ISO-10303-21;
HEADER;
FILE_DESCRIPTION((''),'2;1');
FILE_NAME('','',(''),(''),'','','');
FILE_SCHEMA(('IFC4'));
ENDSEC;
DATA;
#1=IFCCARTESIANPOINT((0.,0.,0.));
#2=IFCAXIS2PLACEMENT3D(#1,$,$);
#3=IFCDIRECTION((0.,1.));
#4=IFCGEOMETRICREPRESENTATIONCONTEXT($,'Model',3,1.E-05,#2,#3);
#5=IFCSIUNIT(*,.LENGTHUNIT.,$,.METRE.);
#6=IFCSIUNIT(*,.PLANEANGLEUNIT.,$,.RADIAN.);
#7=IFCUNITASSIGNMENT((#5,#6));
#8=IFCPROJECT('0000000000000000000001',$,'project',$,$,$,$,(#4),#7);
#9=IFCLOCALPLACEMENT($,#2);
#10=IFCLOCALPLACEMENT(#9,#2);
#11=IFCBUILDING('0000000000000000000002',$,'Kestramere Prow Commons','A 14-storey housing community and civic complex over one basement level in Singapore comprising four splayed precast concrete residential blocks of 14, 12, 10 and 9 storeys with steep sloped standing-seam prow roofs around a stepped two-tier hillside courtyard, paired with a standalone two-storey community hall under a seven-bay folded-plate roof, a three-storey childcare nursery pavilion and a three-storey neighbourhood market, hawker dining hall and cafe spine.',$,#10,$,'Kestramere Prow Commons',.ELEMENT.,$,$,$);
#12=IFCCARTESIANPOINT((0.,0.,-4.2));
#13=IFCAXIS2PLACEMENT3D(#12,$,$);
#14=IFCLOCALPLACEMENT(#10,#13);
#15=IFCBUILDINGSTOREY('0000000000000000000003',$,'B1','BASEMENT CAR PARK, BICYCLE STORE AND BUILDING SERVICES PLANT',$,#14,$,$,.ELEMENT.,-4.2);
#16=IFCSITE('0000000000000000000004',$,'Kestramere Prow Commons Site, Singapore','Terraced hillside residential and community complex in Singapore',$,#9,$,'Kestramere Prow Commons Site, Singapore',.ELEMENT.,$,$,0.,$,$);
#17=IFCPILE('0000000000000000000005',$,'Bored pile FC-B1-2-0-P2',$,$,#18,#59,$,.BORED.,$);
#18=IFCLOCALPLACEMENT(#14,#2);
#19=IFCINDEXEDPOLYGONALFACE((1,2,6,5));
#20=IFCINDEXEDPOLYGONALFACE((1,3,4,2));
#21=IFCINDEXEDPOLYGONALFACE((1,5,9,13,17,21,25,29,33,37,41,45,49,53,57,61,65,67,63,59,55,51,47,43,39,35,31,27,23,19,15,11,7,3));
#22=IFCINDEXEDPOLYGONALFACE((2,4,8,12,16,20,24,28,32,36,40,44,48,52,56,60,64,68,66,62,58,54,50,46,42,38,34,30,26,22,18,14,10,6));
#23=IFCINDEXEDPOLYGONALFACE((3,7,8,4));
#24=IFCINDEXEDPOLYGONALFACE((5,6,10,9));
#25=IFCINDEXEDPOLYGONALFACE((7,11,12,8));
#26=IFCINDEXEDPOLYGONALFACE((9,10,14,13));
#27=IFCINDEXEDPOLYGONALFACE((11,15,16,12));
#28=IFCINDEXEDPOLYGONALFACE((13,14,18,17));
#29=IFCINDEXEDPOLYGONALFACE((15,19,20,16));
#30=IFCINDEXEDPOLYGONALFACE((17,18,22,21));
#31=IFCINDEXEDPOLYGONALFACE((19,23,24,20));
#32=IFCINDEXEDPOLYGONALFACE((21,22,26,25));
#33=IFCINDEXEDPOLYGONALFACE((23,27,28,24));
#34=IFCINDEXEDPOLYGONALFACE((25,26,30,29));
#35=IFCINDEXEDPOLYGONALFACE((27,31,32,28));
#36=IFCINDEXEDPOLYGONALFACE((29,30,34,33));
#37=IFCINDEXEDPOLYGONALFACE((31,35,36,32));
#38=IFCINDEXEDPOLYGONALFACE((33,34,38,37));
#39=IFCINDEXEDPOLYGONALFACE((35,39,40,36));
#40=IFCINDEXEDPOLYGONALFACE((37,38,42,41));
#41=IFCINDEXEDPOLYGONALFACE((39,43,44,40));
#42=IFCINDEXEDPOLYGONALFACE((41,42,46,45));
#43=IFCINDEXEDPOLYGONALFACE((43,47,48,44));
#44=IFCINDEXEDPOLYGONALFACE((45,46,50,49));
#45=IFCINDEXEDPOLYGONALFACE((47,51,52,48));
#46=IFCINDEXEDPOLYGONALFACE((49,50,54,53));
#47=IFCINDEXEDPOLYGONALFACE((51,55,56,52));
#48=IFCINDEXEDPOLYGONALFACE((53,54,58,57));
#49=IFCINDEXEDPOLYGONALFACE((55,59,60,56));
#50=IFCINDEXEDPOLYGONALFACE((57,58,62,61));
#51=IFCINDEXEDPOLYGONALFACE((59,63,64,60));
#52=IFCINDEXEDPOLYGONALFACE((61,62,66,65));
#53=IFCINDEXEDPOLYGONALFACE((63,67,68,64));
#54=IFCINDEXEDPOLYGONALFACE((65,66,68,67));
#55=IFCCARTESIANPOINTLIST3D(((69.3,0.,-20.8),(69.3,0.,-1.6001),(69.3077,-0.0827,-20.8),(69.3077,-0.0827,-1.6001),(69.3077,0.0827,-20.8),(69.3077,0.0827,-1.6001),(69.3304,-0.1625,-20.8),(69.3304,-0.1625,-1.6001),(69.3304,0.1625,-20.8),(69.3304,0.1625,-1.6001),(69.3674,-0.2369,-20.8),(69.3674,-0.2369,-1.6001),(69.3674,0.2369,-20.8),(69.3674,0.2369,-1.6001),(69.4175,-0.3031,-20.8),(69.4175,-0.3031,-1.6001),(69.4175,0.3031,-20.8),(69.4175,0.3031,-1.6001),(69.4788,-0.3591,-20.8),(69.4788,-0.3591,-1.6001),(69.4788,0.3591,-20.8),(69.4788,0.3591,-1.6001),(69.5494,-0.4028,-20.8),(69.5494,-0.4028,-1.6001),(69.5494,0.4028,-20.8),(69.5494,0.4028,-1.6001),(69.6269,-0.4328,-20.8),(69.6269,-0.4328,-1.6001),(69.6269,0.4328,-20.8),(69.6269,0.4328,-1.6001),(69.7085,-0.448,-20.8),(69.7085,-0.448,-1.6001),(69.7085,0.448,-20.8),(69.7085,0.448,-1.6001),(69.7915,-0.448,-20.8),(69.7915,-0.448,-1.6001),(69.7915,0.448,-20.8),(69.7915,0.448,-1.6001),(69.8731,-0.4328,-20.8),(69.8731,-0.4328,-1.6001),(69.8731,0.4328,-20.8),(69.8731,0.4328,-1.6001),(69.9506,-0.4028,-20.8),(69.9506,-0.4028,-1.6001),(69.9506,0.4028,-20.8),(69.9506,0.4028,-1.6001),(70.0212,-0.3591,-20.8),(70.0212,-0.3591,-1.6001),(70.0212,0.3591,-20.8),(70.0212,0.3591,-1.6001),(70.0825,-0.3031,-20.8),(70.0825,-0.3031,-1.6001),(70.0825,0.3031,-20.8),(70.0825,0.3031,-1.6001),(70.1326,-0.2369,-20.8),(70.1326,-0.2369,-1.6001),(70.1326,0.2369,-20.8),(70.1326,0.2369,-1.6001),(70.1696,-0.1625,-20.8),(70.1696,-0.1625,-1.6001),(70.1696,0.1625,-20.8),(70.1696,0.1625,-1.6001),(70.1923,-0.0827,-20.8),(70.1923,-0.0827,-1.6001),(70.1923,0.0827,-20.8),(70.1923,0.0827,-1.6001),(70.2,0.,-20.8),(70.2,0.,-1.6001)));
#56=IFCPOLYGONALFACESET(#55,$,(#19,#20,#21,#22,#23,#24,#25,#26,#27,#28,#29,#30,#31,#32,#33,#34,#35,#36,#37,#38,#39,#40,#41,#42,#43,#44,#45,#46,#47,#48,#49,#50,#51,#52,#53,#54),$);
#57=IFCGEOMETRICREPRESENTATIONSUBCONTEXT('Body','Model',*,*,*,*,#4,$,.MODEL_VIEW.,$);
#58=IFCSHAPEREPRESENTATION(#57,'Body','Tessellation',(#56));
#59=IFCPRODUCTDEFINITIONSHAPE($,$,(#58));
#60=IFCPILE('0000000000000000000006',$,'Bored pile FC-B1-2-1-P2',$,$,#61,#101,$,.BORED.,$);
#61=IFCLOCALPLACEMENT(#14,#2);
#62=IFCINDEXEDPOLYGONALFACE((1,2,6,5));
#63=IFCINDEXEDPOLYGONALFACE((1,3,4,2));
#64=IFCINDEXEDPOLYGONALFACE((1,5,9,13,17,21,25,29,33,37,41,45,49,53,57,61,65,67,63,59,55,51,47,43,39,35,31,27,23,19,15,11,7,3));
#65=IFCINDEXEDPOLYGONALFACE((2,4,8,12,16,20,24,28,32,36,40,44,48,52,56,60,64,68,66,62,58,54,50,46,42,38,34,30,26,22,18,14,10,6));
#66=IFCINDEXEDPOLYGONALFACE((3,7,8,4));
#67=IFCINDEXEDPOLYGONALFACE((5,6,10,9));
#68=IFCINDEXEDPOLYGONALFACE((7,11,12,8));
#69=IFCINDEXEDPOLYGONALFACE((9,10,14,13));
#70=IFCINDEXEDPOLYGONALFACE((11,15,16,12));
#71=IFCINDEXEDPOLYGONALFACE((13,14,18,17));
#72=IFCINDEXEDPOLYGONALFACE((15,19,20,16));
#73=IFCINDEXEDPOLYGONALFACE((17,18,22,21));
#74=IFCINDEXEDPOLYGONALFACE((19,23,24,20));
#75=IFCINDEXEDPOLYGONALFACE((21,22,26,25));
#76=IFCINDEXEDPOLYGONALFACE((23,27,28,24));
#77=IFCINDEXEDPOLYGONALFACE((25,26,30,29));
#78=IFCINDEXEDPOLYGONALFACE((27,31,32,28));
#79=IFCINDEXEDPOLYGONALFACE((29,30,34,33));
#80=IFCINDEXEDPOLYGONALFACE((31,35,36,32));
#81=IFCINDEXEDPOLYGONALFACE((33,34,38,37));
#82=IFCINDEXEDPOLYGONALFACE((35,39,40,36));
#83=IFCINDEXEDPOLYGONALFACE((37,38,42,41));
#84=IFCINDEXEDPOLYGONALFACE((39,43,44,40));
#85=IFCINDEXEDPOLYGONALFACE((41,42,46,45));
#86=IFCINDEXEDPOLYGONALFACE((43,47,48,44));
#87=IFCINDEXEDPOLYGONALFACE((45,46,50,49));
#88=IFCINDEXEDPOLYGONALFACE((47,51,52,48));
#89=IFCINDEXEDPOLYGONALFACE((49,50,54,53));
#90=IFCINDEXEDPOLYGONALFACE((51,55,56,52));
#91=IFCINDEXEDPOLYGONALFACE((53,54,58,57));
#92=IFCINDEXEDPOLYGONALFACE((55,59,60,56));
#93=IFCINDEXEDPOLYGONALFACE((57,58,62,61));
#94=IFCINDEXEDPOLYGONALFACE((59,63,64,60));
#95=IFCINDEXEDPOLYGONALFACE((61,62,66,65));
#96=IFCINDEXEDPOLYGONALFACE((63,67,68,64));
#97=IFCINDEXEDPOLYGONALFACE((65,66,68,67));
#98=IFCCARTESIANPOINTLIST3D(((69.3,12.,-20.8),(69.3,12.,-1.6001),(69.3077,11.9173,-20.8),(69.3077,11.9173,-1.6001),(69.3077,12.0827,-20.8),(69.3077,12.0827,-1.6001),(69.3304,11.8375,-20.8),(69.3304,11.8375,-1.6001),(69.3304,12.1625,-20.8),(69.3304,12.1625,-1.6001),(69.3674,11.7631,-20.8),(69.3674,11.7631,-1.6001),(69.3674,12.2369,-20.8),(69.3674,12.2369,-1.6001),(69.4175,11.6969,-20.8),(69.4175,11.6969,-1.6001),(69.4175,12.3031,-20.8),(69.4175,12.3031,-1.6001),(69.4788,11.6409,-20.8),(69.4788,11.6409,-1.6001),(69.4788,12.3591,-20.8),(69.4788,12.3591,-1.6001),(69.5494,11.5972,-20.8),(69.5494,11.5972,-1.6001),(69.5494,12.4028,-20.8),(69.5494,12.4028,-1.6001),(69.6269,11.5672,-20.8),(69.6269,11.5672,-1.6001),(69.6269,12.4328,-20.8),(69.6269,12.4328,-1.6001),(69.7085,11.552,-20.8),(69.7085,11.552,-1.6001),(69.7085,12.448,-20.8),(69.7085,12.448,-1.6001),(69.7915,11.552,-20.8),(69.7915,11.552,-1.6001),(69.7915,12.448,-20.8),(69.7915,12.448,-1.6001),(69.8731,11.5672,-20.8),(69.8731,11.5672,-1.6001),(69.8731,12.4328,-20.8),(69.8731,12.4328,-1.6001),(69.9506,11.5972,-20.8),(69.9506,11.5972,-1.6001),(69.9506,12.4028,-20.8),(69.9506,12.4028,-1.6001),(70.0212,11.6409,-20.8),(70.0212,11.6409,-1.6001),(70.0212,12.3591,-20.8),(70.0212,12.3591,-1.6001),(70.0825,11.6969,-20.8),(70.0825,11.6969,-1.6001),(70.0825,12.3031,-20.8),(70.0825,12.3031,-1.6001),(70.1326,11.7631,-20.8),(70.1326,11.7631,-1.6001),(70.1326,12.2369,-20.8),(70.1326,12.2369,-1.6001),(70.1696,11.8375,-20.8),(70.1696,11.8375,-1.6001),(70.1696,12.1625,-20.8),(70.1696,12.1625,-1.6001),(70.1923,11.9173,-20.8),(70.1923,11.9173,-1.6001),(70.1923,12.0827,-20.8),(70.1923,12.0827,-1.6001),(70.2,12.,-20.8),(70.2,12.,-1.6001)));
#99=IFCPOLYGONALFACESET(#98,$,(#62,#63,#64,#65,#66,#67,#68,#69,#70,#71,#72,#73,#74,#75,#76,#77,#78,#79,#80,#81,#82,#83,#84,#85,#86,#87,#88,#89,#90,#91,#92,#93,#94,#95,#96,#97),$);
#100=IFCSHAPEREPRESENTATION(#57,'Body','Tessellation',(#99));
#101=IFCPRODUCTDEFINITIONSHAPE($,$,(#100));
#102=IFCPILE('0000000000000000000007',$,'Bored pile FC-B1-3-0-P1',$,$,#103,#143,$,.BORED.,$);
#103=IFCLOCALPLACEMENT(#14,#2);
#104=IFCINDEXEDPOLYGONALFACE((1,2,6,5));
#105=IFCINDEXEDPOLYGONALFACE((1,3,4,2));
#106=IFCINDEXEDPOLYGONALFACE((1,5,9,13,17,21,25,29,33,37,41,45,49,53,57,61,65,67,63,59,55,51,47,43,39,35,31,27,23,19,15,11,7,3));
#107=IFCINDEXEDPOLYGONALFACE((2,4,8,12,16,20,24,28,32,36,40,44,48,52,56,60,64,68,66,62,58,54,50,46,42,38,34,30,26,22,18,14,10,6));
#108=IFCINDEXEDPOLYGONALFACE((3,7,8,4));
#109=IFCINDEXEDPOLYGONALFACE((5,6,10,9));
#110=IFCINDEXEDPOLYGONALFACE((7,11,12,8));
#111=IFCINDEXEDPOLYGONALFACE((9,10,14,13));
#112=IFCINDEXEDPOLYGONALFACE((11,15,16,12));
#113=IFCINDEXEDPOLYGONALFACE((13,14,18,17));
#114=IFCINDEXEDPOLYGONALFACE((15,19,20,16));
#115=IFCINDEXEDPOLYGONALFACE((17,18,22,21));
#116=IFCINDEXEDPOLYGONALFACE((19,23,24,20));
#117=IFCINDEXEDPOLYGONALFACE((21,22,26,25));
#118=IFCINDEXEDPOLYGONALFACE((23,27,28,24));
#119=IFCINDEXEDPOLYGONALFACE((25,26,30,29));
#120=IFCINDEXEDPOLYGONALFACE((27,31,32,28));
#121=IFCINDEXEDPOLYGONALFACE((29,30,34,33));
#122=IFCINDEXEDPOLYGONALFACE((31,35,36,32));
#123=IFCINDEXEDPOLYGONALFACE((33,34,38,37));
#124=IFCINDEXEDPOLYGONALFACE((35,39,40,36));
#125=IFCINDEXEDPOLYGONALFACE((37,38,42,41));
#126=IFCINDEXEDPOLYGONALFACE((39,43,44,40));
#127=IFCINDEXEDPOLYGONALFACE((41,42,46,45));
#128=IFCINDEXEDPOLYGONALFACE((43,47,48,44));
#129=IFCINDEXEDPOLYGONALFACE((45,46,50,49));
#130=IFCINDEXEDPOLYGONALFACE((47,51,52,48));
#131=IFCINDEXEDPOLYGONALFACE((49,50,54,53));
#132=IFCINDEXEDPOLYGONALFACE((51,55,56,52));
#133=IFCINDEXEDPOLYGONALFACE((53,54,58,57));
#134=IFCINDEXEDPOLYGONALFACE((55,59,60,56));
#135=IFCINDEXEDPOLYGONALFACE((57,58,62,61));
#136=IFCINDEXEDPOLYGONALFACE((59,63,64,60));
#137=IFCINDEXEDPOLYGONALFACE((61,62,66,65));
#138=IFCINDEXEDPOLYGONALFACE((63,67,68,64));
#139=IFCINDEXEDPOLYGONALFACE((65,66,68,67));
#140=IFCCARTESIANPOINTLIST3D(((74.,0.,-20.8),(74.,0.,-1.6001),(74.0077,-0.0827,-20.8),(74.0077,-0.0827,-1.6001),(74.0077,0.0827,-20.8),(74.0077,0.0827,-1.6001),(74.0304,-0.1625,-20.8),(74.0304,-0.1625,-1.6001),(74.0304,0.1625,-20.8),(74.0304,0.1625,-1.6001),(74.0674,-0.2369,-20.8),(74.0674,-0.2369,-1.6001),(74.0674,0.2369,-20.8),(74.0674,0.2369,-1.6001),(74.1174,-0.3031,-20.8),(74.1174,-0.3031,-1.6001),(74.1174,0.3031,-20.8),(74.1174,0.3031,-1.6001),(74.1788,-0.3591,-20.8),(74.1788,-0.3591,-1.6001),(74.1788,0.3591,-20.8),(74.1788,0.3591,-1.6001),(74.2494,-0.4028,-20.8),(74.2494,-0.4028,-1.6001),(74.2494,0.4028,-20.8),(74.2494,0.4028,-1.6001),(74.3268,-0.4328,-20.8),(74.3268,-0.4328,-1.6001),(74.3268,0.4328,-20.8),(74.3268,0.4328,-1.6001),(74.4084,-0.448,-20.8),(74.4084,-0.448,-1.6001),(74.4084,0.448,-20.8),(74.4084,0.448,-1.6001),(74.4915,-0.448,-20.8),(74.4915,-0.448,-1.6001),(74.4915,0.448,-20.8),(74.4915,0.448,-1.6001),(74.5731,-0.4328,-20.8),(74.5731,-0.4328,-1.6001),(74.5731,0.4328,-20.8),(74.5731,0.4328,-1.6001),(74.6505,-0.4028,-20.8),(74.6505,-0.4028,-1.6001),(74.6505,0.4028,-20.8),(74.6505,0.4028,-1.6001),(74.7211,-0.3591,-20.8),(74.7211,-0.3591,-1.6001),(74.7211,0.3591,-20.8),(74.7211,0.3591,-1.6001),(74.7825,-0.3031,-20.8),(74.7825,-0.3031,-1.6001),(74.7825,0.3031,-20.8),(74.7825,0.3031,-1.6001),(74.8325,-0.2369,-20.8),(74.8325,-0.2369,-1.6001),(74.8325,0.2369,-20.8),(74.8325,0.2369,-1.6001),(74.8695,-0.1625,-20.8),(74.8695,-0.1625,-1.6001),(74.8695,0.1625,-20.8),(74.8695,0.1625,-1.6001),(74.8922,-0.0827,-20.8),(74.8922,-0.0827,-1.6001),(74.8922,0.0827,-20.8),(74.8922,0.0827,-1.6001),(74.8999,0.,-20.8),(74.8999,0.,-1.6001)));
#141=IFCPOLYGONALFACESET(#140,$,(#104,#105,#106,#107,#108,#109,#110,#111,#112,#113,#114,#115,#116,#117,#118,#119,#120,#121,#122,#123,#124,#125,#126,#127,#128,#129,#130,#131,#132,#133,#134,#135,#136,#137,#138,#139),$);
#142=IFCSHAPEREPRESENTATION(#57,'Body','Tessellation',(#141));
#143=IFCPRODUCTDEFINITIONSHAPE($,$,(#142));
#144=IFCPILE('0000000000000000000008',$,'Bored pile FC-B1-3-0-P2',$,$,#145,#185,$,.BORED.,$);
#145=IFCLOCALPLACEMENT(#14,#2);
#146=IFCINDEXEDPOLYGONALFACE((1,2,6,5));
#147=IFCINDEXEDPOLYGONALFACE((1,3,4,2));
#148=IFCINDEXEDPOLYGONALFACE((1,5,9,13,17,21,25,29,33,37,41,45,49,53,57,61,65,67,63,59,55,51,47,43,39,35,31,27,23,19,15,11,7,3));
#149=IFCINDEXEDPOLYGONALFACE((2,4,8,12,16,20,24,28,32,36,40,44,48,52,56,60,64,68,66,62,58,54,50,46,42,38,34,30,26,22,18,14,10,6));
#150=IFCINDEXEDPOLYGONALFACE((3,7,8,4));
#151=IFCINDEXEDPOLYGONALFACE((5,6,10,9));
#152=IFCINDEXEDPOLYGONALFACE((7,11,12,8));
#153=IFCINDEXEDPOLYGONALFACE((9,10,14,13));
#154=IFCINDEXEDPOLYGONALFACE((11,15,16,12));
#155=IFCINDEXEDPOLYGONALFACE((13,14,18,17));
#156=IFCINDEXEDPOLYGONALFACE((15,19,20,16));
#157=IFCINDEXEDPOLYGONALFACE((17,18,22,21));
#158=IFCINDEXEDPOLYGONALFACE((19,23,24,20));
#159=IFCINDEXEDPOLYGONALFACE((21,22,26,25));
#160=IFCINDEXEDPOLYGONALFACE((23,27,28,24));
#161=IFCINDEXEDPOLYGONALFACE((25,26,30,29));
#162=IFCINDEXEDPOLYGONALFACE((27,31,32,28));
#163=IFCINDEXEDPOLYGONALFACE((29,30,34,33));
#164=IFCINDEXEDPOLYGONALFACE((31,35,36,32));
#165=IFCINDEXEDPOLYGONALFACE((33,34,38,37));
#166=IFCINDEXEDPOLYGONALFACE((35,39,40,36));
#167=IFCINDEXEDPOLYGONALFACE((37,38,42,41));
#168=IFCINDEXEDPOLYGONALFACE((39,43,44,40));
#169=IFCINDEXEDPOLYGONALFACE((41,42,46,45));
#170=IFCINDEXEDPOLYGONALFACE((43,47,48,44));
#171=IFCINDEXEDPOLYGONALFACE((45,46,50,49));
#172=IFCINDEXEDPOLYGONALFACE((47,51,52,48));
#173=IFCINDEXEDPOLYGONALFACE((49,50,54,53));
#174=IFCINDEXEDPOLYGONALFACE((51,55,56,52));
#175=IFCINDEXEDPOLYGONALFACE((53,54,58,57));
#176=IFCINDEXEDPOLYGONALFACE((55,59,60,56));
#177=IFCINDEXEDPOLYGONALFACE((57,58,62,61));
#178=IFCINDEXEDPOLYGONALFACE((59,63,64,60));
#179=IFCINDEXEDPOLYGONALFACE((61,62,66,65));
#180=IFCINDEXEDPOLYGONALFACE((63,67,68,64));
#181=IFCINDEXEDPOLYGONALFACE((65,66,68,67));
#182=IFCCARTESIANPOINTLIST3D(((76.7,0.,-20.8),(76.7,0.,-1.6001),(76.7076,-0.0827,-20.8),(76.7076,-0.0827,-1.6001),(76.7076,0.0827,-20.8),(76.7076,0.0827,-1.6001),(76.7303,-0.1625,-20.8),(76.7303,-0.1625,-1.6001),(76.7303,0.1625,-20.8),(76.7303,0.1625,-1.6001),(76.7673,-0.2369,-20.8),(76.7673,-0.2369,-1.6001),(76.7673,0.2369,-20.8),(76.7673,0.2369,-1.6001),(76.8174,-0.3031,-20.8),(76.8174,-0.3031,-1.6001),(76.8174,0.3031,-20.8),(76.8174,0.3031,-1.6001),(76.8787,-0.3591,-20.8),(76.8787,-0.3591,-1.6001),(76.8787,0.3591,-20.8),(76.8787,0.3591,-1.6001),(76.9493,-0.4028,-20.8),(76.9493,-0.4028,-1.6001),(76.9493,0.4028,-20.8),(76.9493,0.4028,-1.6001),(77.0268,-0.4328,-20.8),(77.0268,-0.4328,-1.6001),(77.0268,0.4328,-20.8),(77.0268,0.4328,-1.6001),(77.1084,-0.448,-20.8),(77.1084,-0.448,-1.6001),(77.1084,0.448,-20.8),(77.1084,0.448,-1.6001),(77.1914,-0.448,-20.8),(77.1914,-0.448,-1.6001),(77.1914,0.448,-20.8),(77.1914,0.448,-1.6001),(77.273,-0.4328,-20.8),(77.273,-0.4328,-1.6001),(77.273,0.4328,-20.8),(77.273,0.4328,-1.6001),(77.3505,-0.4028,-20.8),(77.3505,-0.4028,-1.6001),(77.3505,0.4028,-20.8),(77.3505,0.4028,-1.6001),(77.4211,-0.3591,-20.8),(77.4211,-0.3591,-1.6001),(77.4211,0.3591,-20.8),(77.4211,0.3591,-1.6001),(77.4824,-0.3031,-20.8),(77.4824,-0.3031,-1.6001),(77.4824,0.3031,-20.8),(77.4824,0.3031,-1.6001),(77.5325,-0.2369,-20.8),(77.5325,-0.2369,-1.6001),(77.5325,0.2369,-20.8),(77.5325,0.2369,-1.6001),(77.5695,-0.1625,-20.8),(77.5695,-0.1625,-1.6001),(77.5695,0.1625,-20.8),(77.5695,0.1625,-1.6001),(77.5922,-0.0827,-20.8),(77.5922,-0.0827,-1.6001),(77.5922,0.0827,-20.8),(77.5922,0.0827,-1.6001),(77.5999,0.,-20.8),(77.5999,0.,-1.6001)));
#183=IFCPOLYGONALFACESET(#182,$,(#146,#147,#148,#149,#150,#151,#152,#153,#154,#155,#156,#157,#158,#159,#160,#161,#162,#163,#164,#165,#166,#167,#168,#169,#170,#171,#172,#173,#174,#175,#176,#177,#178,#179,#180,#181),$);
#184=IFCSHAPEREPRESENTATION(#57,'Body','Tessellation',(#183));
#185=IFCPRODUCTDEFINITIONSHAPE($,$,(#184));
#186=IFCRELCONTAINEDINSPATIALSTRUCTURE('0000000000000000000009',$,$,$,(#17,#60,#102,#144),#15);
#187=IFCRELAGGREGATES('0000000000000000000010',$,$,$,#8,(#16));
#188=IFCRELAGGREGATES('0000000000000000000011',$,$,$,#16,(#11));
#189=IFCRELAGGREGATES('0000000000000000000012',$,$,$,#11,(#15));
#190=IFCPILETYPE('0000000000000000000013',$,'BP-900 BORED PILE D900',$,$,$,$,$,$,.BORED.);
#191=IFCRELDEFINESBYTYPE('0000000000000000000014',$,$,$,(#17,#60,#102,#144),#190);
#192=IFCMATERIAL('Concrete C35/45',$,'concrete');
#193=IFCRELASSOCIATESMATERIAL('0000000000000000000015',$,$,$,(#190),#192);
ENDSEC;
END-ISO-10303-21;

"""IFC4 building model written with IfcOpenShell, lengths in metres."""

from ifc_helpers import new_model, si_unit, direction, frame, origin, origin_2d, place, context, subcontext, project, spatial, circle, extrude, material, material_profile, profile_set, type_object, element, save


model = new_model("IFC4")

# Units and contexts
model_context = context("Model", 3, precision=1e-05, world=origin(), true_north=direction((0.0, 1.0)))
body_context = subcontext(model_context, "Body", "Model", "MODEL_VIEW")
ifc_project = project(units=[si_unit("LENGTHUNIT", "METRE"), si_unit("PLANEANGLEUNIT", "RADIAN")], contexts=[model_context])

# Site, building, storey
site_placement = place(None, origin())
site = spatial("IfcSite", under=ifc_project, at=site_placement, Name="Kestramere Prow Commons Site, Singapore", Description="Terraced hillside residential and community complex in Singapore", LongName="Kestramere Prow Commons Site, Singapore", CompositionType="ELEMENT", RefElevation=0.0)
building_placement = place(site_placement, origin())
building = spatial("IfcBuilding", under=site, at=building_placement, Name="Kestramere Prow Commons", Description="A 14-storey housing community and civic complex over one basement level in Singapore comprising four splayed precast concrete residential blocks of 14, 12, 10 and 9 storeys with steep sloped standing-seam prow roofs around a stepped two-tier hillside courtyard, paired with a standalone two-storey community hall under a seven-bay folded-plate roof, a three-storey childcare nursery pavilion and a three-storey neighbourhood market, hawker dining hall and cafe spine.", LongName="Kestramere Prow Commons", CompositionType="ELEMENT")
storey_placement = place(building_placement, frame((0.0, 0.0, -4.2)))
storey = spatial("IfcBuildingStorey", under=building, at=storey_placement, Name="B1", Description="BASEMENT CAR PARK, BICYCLE STORE AND BUILDING SERVICES PLANT", CompositionType="ELEMENT", Elevation=-4.2)

# Piles
ifc_material = material(Name="Concrete C35/45", Category="concrete")
ifc_material_profile_1 = material_profile(ifc_material, circle(Radius=0.45, at=origin_2d()), Name="BORED PILE D900")
ifc_profile_set_1 = profile_set([ifc_material_profile_1], Name="Concrete C35/45")
pile_type = type_object("IfcPileType", Name="BP-900 BORED PILE D900", PredefinedType="BORED", material=ifc_profile_set_1)
for number, where, z_axis, x_axis, name in (
    (1, (69.75, 0.0, -1.6001), (0.0, 0.0, -1.0), (1.0, 0.0, 0.0), "Bored pile FC-B1-2-0-P2"),
    (2, (69.75, 12.0, -1.6001), (0.0, 0.0, -1.0), (1.0, 0.0, 0.0), "Bored pile FC-B1-2-1-P2"),
    (3, (74.45, 0.0, -1.6001), (0.0, 0.0, -1.0), (1.0, 0.0, 0.0), "Bored pile FC-B1-3-0-P1"),
    (4, (77.1499, 0.0, -1.6001), (0.0, 0.0, -1.0), (1.0, 0.0, 0.0), "Bored pile FC-B1-3-0-P2"),
):
    element("IfcPile", number, at=place(storey_placement, frame(where, z_axis=z_axis, x_axis=x_axis)), inside=storey, type_object=pile_type, Name=name, PredefinedType="BORED", context=body_context, shape_type="SweptSolid", body=[
        extrude(circle(Radius=0.45, at=origin_2d()), origin(), (0.0, 0.0, 1.0), 19.2),
    ])

save(model, "model.ifc")
